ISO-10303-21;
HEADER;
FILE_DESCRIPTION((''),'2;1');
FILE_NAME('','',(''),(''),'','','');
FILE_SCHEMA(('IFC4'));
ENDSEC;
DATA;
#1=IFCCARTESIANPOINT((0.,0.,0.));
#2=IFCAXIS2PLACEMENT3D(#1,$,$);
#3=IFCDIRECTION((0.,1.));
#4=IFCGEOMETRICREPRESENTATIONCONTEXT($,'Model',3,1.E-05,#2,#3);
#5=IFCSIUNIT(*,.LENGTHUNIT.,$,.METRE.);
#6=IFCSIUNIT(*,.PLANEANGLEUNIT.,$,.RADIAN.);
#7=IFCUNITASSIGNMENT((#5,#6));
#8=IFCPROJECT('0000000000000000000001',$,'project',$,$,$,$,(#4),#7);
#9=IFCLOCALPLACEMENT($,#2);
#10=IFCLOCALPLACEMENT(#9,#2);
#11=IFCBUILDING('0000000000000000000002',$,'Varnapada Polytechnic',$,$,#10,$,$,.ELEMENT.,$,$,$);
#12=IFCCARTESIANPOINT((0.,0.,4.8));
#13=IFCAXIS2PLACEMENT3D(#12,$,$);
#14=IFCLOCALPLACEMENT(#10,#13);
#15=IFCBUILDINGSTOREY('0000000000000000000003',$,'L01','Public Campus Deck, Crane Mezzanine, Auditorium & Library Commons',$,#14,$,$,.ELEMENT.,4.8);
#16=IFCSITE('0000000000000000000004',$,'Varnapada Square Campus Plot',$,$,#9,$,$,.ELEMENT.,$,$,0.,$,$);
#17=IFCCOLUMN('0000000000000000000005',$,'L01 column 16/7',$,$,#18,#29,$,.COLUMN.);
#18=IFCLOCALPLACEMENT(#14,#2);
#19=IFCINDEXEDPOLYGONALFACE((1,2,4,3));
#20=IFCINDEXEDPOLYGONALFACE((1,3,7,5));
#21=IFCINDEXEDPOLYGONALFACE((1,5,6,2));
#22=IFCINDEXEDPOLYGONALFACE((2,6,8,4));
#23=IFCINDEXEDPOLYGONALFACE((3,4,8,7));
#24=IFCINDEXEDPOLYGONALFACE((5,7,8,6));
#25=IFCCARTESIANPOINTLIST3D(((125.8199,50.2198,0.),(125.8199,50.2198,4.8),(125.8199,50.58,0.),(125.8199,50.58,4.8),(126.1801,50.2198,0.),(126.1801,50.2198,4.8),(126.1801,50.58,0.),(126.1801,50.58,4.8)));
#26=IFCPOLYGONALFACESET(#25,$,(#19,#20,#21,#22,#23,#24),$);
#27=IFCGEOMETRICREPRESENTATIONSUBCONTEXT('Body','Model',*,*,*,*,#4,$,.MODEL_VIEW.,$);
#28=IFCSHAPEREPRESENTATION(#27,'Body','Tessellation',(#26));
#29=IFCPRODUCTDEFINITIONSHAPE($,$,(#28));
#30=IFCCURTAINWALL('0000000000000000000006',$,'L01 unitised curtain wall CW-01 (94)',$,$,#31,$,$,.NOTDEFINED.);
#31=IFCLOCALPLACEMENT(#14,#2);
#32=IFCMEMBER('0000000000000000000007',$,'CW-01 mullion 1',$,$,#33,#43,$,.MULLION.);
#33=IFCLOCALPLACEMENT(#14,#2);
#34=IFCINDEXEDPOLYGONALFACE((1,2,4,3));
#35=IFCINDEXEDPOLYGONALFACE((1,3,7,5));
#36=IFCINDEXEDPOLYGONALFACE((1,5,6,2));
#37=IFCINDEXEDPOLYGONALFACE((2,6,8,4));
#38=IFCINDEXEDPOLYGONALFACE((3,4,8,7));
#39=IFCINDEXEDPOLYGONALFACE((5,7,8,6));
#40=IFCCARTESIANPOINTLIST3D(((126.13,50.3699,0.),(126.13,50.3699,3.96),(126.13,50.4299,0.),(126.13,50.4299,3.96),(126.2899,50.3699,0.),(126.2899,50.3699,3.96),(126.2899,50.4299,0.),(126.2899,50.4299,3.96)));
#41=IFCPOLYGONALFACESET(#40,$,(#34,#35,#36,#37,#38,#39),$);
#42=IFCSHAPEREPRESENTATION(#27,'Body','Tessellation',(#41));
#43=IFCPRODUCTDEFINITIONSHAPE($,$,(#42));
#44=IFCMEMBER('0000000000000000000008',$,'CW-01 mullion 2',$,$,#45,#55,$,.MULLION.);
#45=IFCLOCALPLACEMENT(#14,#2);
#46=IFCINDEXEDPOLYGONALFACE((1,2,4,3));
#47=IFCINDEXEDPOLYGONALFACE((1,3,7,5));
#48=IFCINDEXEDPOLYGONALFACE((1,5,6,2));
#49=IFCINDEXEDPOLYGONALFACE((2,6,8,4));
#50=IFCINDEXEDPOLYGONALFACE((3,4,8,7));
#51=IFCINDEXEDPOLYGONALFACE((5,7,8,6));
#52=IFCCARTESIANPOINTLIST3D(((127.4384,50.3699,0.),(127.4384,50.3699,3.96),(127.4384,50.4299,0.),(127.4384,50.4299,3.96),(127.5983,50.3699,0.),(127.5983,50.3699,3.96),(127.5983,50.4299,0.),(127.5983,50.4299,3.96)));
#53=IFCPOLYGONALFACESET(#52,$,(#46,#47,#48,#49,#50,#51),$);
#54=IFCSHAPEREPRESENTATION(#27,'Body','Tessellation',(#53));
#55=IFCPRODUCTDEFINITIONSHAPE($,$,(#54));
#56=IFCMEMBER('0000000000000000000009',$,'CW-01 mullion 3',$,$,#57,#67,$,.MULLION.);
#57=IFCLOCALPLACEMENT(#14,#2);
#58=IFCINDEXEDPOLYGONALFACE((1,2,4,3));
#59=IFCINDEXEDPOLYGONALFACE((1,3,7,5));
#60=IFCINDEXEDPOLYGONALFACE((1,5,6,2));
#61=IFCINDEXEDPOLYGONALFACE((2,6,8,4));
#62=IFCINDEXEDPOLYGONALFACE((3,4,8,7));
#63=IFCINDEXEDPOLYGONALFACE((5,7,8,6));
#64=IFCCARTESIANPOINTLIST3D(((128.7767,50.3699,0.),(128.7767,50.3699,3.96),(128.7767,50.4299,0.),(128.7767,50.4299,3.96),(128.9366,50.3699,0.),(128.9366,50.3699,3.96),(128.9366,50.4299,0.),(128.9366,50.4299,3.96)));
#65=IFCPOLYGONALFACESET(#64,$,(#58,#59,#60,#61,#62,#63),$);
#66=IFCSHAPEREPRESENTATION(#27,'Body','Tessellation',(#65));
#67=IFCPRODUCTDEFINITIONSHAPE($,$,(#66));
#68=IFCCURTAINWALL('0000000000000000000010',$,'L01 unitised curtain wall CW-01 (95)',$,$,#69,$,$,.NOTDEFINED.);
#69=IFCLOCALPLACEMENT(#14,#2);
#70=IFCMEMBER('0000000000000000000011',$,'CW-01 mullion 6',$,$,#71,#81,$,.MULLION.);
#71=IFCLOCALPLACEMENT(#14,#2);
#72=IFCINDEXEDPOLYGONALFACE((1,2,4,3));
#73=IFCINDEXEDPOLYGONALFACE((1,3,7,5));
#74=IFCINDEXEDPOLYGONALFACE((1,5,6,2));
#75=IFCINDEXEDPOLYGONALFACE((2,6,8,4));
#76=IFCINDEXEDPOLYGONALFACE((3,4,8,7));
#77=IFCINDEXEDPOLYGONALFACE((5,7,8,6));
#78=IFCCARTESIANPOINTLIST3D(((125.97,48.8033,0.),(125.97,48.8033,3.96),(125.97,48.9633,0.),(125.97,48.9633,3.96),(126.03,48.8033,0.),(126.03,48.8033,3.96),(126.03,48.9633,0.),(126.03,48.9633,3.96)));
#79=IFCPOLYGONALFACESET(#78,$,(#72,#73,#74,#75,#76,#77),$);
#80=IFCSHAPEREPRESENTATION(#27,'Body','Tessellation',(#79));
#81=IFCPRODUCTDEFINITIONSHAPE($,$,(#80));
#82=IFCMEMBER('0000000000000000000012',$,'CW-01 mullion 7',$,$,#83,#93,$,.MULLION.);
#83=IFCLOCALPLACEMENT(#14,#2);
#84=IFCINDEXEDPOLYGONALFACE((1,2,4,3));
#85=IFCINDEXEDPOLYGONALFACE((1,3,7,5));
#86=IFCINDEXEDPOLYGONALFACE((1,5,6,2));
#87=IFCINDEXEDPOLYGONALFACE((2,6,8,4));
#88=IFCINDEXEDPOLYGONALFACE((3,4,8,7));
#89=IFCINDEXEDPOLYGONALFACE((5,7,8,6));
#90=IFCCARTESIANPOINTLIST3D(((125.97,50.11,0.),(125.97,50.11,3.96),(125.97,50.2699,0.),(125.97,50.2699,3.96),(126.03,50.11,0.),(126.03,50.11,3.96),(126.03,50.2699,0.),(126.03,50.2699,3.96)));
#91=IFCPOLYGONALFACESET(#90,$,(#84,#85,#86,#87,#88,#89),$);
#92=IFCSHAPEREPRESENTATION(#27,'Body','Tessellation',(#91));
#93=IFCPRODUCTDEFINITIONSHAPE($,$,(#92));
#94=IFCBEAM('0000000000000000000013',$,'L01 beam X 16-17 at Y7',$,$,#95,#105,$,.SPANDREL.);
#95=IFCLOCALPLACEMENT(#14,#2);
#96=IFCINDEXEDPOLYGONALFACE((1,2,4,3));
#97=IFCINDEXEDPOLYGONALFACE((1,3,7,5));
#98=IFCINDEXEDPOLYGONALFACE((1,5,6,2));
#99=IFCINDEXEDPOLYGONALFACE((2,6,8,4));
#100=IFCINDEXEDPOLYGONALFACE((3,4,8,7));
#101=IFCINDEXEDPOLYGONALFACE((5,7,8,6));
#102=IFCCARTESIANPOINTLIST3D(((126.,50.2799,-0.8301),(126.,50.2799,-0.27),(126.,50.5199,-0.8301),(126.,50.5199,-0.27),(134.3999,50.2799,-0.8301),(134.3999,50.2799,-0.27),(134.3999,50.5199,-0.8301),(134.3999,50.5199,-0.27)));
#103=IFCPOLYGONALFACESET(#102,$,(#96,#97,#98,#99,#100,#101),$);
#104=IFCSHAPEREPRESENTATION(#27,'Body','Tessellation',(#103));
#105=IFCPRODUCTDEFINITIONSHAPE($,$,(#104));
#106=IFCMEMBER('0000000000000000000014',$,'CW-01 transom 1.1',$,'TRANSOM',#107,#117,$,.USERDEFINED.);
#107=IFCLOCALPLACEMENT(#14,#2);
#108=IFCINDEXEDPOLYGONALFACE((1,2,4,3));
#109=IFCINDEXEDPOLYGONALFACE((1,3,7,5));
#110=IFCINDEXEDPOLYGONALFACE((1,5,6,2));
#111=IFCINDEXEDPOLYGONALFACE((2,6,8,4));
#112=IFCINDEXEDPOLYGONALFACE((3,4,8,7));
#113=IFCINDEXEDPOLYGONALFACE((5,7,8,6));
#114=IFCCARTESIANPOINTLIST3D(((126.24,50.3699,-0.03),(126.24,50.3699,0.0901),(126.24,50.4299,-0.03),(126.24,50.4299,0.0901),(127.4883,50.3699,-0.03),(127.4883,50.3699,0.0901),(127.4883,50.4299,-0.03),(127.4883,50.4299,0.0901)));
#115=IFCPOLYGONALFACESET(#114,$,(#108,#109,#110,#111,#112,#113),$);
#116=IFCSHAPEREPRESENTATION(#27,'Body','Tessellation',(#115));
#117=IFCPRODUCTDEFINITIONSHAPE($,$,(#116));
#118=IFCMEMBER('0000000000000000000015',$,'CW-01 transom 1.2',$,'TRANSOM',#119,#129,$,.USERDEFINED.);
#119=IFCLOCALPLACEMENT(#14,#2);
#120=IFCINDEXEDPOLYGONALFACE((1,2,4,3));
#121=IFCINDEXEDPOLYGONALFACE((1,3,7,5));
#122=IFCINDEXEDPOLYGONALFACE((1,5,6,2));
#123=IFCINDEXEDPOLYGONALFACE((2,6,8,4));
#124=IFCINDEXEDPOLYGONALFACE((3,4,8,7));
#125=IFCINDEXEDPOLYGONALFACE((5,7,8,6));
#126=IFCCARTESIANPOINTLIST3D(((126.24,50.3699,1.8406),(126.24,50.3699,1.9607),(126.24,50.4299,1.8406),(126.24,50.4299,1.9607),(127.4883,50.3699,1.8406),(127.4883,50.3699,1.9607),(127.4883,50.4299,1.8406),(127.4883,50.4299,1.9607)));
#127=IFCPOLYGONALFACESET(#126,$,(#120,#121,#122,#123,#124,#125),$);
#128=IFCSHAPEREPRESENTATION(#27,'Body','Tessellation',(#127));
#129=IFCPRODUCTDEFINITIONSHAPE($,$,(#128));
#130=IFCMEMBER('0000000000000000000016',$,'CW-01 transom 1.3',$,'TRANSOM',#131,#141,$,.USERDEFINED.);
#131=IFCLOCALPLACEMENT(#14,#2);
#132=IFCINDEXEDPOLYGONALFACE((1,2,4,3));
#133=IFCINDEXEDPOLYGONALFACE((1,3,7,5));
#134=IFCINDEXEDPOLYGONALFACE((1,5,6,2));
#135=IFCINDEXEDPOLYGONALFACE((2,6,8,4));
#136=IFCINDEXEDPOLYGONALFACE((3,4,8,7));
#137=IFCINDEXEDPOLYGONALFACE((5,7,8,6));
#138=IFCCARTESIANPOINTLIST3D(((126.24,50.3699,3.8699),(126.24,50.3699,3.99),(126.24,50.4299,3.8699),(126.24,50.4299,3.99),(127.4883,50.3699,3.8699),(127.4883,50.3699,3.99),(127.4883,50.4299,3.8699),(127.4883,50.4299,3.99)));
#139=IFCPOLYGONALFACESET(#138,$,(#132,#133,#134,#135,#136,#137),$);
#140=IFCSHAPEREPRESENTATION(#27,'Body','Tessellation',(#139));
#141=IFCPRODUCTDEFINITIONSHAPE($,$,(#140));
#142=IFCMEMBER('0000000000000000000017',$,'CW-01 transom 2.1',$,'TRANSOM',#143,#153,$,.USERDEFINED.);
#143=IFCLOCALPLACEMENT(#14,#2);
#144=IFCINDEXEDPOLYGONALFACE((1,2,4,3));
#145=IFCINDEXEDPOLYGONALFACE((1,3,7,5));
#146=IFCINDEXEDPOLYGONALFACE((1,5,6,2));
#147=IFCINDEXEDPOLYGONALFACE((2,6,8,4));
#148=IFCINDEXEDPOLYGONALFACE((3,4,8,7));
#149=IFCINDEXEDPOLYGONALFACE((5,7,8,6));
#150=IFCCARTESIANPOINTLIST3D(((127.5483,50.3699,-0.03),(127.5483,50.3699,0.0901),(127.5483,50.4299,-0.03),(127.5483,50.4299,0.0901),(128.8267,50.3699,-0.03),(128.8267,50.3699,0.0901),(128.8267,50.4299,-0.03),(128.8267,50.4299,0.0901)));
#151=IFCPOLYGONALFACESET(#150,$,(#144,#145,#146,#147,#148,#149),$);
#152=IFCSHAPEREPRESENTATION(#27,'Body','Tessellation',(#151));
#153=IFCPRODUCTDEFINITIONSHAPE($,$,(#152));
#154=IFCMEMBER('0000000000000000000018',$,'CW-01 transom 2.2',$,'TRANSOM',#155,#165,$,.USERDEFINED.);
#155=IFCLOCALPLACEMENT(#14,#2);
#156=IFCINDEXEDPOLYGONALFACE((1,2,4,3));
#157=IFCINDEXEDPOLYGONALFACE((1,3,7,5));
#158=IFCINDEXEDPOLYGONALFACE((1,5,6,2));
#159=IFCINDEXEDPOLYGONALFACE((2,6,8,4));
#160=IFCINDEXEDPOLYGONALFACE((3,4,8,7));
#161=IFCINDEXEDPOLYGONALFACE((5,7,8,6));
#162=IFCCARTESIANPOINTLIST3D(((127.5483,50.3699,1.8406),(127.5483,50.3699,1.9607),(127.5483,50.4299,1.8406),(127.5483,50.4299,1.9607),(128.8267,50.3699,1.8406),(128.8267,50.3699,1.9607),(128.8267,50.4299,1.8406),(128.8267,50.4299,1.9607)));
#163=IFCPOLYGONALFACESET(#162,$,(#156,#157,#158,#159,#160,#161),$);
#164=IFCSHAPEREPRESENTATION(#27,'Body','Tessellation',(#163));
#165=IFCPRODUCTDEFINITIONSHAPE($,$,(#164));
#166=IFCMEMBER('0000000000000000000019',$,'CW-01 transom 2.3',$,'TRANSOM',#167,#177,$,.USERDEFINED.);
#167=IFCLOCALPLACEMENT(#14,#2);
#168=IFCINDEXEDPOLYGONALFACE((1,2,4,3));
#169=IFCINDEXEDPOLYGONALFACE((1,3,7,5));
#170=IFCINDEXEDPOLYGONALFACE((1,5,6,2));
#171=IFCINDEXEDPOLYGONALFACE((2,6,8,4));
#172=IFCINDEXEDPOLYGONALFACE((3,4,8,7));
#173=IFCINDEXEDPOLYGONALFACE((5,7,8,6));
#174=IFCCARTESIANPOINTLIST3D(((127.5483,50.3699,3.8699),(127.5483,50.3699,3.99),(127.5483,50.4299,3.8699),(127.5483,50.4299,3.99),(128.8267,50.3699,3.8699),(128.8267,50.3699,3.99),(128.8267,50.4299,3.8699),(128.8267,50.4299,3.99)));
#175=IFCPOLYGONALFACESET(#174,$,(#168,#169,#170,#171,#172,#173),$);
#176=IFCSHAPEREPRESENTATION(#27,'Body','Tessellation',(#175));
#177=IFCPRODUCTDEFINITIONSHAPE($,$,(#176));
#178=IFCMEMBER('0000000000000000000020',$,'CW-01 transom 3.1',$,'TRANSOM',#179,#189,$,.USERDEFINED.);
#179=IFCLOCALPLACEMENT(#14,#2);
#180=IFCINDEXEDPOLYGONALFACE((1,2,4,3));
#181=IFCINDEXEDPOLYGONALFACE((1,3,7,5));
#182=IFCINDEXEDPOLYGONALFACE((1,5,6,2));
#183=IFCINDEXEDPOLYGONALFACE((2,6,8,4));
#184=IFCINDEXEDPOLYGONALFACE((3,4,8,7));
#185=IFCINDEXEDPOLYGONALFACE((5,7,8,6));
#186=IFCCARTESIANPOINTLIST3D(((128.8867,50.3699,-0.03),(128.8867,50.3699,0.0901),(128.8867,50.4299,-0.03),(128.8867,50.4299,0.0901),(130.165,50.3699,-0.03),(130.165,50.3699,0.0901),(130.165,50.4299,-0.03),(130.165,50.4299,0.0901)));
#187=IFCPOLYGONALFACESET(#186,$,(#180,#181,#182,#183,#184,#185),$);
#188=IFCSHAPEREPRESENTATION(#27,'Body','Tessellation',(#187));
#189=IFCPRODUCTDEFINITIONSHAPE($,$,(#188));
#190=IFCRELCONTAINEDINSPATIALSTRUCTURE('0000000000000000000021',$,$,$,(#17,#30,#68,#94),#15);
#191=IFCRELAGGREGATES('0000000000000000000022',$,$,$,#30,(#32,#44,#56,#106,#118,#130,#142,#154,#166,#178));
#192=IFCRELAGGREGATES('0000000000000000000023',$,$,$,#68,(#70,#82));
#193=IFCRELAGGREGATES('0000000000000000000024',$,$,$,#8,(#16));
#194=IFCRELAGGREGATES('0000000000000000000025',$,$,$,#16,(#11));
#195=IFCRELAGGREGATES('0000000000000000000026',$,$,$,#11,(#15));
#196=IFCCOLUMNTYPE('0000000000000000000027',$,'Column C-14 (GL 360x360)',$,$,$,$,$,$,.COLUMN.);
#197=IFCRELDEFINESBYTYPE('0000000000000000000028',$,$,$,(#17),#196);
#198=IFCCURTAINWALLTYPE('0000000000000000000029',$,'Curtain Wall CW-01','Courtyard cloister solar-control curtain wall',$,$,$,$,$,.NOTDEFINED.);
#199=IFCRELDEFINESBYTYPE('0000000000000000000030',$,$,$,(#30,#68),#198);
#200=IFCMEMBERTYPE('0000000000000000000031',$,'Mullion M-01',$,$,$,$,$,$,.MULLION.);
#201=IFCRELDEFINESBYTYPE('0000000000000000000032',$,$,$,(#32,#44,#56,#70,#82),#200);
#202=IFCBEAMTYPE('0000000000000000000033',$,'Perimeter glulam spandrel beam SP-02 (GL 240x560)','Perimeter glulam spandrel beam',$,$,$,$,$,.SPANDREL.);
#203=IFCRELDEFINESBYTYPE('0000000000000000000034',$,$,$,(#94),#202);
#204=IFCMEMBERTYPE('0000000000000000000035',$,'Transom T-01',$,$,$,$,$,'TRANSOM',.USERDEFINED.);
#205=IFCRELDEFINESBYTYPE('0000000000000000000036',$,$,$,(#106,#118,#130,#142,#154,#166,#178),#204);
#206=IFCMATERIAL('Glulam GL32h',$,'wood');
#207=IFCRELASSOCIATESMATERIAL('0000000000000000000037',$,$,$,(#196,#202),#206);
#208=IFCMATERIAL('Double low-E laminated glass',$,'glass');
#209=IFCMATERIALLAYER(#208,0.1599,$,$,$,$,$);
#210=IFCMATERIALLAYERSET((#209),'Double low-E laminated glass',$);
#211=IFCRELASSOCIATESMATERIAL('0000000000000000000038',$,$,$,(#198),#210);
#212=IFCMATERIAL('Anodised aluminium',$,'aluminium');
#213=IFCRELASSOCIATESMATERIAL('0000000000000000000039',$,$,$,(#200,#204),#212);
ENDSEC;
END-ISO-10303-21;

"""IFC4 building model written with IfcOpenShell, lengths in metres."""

from ifc_helpers import new_model, si_unit, direction, frame, origin, origin_2d, place, context, subcontext, project, spatial, rectangle, extrude, material, layer, layer_set, material_profile, profile_set, type_object, element, aggregate, save


model = new_model("IFC4")

# Units and contexts
model_context = context("Model", 3, precision=1e-05, world=origin(), true_north=direction((0.0, 1.0)))
body_context = subcontext(model_context, "Body", "Model", "MODEL_VIEW")
ifc_project = project(units=[si_unit("LENGTHUNIT", "METRE"), si_unit("PLANEANGLEUNIT", "RADIAN")], contexts=[model_context])

# Site, building, storey
site_placement = place(None, origin())
site = spatial("IfcSite", under=ifc_project, at=site_placement, Name="Varnapada Square Campus Plot", CompositionType="ELEMENT", RefElevation=0.0)
building_placement = place(site_placement, origin())
building = spatial("IfcBuilding", under=site, at=building_placement, Name="Varnapada Polytechnic", CompositionType="ELEMENT")
storey_placement = place(building_placement, frame((0.0, 0.0, 4.8)))
storey = spatial("IfcBuildingStorey", under=building, at=storey_placement, Name="L01", Description="Public Campus Deck, Crane Mezzanine, Auditorium & Library Commons", CompositionType="ELEMENT", Elevation=4.8)

# Column
ifc_material_1 = material(Name="Glulam GL32h", Category="wood")
ifc_material_profile_1 = material_profile(ifc_material_1, rectangle(XDim=0.3601, YDim=0.3601, at=origin_2d()), Name="GL 360x360")
ifc_profile_set_1 = profile_set([ifc_material_profile_1], Name="Glulam GL32h")
column_type = type_object("IfcColumnType", Name="Column C-14 (GL 360x360)", PredefinedType="COLUMN", material=ifc_profile_set_1)
column_placement = place(storey_placement, frame((126.0, 50.3999, 0.0), z_axis=(0.0, 0.0, 1.0), x_axis=(1.0, 0.0, 0.0)))
element("IfcColumn", 1, at=column_placement, inside=storey, type_object=column_type, Name="L01 column 16/7", PredefinedType="COLUMN", context=body_context, shape_type="SweptSolid", body=[
    extrude(rectangle(XDim=0.3601, YDim=0.3601, at=origin_2d()), origin(), (0.0, 0.0, 1.0), 4.8),
])

# Curtain walls, members
ifc_material_2 = material(Name="Double low-E laminated glass", Category="glass")
ifc_layer_1 = layer(ifc_material_2, 0.1599)
ifc_layer_set_1 = layer_set([ifc_layer_1], Name="Double low-E laminated glass")
curtain_wall_type = type_object("IfcCurtainWallType", Name="Curtain Wall CW-01", Description="Courtyard cloister solar-control curtain wall", PredefinedType="NOTDEFINED", material=ifc_layer_set_1)
curtain_wall_1_placement = place(storey_placement, origin())
curtain_wall_1 = element("IfcCurtainWall", 2, at=curtain_wall_1_placement, inside=storey, type_object=curtain_wall_type, Name="L01 unitised curtain wall CW-01 (94)", PredefinedType="NOTDEFINED")
ifc_material_3 = material(Name="Anodised aluminium", Category="aluminium")
ifc_material_profile_2 = material_profile(ifc_material_3, rectangle(XDim=0.0601, YDim=0.1599, at=origin_2d()), Name="ALU M60x160")
ifc_profile_set_2 = profile_set([ifc_material_profile_2], Name="Anodised aluminium")
member_type_1 = type_object("IfcMemberType", Name="Mullion M-01", PredefinedType="MULLION", material=ifc_profile_set_2)
member_1_placement = place(storey_placement, frame((126.21, 50.3999, 0.0), z_axis=(0.0, 0.0, 1.0), x_axis=(0.0, 1.0, 0.0)))
member_1 = element("IfcMember", 3, at=member_1_placement, type_object=member_type_1, Name="CW-01 mullion 1", PredefinedType="MULLION", context=body_context, shape_type="SweptSolid", body=[
    extrude(rectangle(XDim=0.0601, YDim=0.1599, at=origin_2d()), origin(), (0.0, 0.0, 1.0), 3.96),
])
member_2_placement = place(storey_placement, frame((127.5183, 50.3999, 0.0), z_axis=(0.0, 0.0, 1.0), x_axis=(0.0, 1.0, 0.0)))
member_2 = element("IfcMember", 4, at=member_2_placement, type_object=member_type_1, Name="CW-01 mullion 2", PredefinedType="MULLION", context=body_context, shape_type="SweptSolid", body=[
    extrude(rectangle(XDim=0.0601, YDim=0.1599, at=origin_2d()), origin(), (0.0, 0.0, 1.0), 3.96),
])
member_3_placement = place(storey_placement, frame((128.8567, 50.3999, 0.0), z_axis=(0.0, 0.0, 1.0), x_axis=(0.0, 1.0, 0.0)))
member_3 = element("IfcMember", 5, at=member_3_placement, type_object=member_type_1, Name="CW-01 mullion 3", PredefinedType="MULLION", context=body_context, shape_type="SweptSolid", body=[
    extrude(rectangle(XDim=0.0601, YDim=0.1599, at=origin_2d()), origin(), (0.0, 0.0, 1.0), 3.96),
])
curtain_wall_2_placement = place(storey_placement, origin())
curtain_wall_2 = element("IfcCurtainWall", 6, at=curtain_wall_2_placement, inside=storey, type_object=curtain_wall_type, Name="L01 unitised curtain wall CW-01 (95)", PredefinedType="NOTDEFINED")
member_4_placement = place(storey_placement, frame((126.0, 48.8833, 0.0), z_axis=(0.0, 0.0, 1.0), x_axis=(-1.0, 0.0, 0.0)))
member_4 = element("IfcMember", 7, at=member_4_placement, type_object=member_type_1, Name="CW-01 mullion 6", PredefinedType="MULLION", context=body_context, shape_type="SweptSolid", body=[
    extrude(rectangle(XDim=0.0601, YDim=0.1599, at=origin_2d()), origin(), (0.0, 0.0, 1.0), 3.96),
])
member_5_placement = place(storey_placement, frame((126.0, 50.1899, 0.0), z_axis=(0.0, 0.0, 1.0), x_axis=(-1.0, 0.0, 0.0)))
member_5 = element("IfcMember", 8, at=member_5_placement, type_object=member_type_1, Name="CW-01 mullion 7", PredefinedType="MULLION", context=body_context, shape_type="SweptSolid", body=[
    extrude(rectangle(XDim=0.0601, YDim=0.1599, at=origin_2d()), origin(), (0.0, 0.0, 1.0), 3.96),
])

# Beam
ifc_material_profile_3 = material_profile(ifc_material_1, rectangle(XDim=0.24, YDim=0.5601, at=origin_2d()), Name="GL 240x560")
ifc_profile_set_3 = profile_set([ifc_material_profile_3], Name="Glulam GL32h")
beam_type = type_object("IfcBeamType", Name="Perimeter glulam spandrel beam SP-02 (GL 240x560)", Description="Perimeter glulam spandrel beam", PredefinedType="SPANDREL", material=ifc_profile_set_3)
beam_placement = place(storey_placement, frame((126.0, 50.3999, -0.55), z_axis=(1.0, 0.0, 0.0), x_axis=(0.0, 1.0, 0.0)))
element("IfcBeam", 9, at=beam_placement, inside=storey, type_object=beam_type, Name="L01 beam X 16-17 at Y7", PredefinedType="SPANDREL", context=body_context, shape_type="SweptSolid", body=[
    extrude(rectangle(XDim=0.24, YDim=0.5601, at=origin_2d()), origin(), (0.0, 0.0, 1.0), 8.3999),
])

# Members
ifc_material_profile_4 = material_profile(ifc_material_3, rectangle(XDim=0.0601, YDim=0.1201, at=origin_2d()), Name="ALU T60x120")
ifc_profile_set_4 = profile_set([ifc_material_profile_4], Name="Anodised aluminium")
member_type_2 = type_object("IfcMemberType", Name="Transom T-01", ElementType="TRANSOM", PredefinedType="USERDEFINED", material=ifc_profile_set_4)
member_6_placement = place(storey_placement, frame((126.24, 50.3999, 0.03), z_axis=(1.0, 0.0, 0.0), x_axis=(0.0, 1.0, 0.0)))
member_6 = element("IfcMember", 10, at=member_6_placement, type_object=member_type_2, Name="CW-01 transom 1.1", ObjectType="TRANSOM", PredefinedType="USERDEFINED", context=body_context, shape_type="SweptSolid", body=[
    extrude(rectangle(XDim=0.0601, YDim=0.1201, at=origin_2d()), origin(), (0.0, 0.0, 1.0), 1.2483),
])
member_7_placement = place(storey_placement, frame((126.24, 50.3999, 1.9006), z_axis=(1.0, 0.0, 0.0), x_axis=(0.0, 1.0, 0.0)))
member_7 = element("IfcMember", 11, at=member_7_placement, type_object=member_type_2, Name="CW-01 transom 1.2", ObjectType="TRANSOM", PredefinedType="USERDEFINED", context=body_context, shape_type="SweptSolid", body=[
    extrude(rectangle(XDim=0.0601, YDim=0.1201, at=origin_2d()), origin(), (0.0, 0.0, 1.0), 1.2483),
])
member_8_placement = place(storey_placement, frame((126.24, 50.3999, 3.9299), z_axis=(1.0, 0.0, 0.0), x_axis=(0.0, 1.0, 0.0)))
member_8 = element("IfcMember", 12, at=member_8_placement, type_object=member_type_2, Name="CW-01 transom 1.3", ObjectType="TRANSOM", PredefinedType="USERDEFINED", context=body_context, shape_type="SweptSolid", body=[
    extrude(rectangle(XDim=0.0601, YDim=0.1201, at=origin_2d()), origin(), (0.0, 0.0, 1.0), 1.2483),
])
member_9_placement = place(storey_placement, frame((127.5483, 50.3999, 0.03), z_axis=(1.0, 0.0, 0.0), x_axis=(0.0, 1.0, 0.0)))
member_9 = element("IfcMember", 13, at=member_9_placement, type_object=member_type_2, Name="CW-01 transom 2.1", ObjectType="TRANSOM", PredefinedType="USERDEFINED", context=body_context, shape_type="SweptSolid", body=[
    extrude(rectangle(XDim=0.0601, YDim=0.1201, at=origin_2d()), origin(), (0.0, 0.0, 1.0), 1.2783),
])
member_10_placement = place(storey_placement, frame((127.5483, 50.3999, 1.9006), z_axis=(1.0, 0.0, 0.0), x_axis=(0.0, 1.0, 0.0)))
member_10 = element("IfcMember", 14, at=member_10_placement, type_object=member_type_2, Name="CW-01 transom 2.2", ObjectType="TRANSOM", PredefinedType="USERDEFINED", context=body_context, shape_type="SweptSolid", body=[
    extrude(rectangle(XDim=0.0601, YDim=0.1201, at=origin_2d()), origin(), (0.0, 0.0, 1.0), 1.2783),
])
member_11_placement = place(storey_placement, frame((127.5483, 50.3999, 3.9299), z_axis=(1.0, 0.0, 0.0), x_axis=(0.0, 1.0, 0.0)))
member_11 = element("IfcMember", 15, at=member_11_placement, type_object=member_type_2, Name="CW-01 transom 2.3", ObjectType="TRANSOM", PredefinedType="USERDEFINED", context=body_context, shape_type="SweptSolid", body=[
    extrude(rectangle(XDim=0.0601, YDim=0.1201, at=origin_2d()), origin(), (0.0, 0.0, 1.0), 1.2783),
])
member_12_placement = place(storey_placement, frame((128.8867, 50.3999, 0.03), z_axis=(1.0, 0.0, 0.0), x_axis=(0.0, 1.0, 0.0)))
member_12 = element("IfcMember", 16, at=member_12_placement, type_object=member_type_2, Name="CW-01 transom 3.1", ObjectType="TRANSOM", PredefinedType="USERDEFINED", context=body_context, shape_type="SweptSolid", body=[
    extrude(rectangle(XDim=0.0601, YDim=0.1201, at=origin_2d()), origin(), (0.0, 0.0, 1.0), 1.2783),
])

aggregate(curtain_wall_1, [member_1, member_2, member_3, member_6, member_7, member_8, member_9, member_10, member_11, member_12])
aggregate(curtain_wall_2, [member_4, member_5])

save(model, "model.ifc")
